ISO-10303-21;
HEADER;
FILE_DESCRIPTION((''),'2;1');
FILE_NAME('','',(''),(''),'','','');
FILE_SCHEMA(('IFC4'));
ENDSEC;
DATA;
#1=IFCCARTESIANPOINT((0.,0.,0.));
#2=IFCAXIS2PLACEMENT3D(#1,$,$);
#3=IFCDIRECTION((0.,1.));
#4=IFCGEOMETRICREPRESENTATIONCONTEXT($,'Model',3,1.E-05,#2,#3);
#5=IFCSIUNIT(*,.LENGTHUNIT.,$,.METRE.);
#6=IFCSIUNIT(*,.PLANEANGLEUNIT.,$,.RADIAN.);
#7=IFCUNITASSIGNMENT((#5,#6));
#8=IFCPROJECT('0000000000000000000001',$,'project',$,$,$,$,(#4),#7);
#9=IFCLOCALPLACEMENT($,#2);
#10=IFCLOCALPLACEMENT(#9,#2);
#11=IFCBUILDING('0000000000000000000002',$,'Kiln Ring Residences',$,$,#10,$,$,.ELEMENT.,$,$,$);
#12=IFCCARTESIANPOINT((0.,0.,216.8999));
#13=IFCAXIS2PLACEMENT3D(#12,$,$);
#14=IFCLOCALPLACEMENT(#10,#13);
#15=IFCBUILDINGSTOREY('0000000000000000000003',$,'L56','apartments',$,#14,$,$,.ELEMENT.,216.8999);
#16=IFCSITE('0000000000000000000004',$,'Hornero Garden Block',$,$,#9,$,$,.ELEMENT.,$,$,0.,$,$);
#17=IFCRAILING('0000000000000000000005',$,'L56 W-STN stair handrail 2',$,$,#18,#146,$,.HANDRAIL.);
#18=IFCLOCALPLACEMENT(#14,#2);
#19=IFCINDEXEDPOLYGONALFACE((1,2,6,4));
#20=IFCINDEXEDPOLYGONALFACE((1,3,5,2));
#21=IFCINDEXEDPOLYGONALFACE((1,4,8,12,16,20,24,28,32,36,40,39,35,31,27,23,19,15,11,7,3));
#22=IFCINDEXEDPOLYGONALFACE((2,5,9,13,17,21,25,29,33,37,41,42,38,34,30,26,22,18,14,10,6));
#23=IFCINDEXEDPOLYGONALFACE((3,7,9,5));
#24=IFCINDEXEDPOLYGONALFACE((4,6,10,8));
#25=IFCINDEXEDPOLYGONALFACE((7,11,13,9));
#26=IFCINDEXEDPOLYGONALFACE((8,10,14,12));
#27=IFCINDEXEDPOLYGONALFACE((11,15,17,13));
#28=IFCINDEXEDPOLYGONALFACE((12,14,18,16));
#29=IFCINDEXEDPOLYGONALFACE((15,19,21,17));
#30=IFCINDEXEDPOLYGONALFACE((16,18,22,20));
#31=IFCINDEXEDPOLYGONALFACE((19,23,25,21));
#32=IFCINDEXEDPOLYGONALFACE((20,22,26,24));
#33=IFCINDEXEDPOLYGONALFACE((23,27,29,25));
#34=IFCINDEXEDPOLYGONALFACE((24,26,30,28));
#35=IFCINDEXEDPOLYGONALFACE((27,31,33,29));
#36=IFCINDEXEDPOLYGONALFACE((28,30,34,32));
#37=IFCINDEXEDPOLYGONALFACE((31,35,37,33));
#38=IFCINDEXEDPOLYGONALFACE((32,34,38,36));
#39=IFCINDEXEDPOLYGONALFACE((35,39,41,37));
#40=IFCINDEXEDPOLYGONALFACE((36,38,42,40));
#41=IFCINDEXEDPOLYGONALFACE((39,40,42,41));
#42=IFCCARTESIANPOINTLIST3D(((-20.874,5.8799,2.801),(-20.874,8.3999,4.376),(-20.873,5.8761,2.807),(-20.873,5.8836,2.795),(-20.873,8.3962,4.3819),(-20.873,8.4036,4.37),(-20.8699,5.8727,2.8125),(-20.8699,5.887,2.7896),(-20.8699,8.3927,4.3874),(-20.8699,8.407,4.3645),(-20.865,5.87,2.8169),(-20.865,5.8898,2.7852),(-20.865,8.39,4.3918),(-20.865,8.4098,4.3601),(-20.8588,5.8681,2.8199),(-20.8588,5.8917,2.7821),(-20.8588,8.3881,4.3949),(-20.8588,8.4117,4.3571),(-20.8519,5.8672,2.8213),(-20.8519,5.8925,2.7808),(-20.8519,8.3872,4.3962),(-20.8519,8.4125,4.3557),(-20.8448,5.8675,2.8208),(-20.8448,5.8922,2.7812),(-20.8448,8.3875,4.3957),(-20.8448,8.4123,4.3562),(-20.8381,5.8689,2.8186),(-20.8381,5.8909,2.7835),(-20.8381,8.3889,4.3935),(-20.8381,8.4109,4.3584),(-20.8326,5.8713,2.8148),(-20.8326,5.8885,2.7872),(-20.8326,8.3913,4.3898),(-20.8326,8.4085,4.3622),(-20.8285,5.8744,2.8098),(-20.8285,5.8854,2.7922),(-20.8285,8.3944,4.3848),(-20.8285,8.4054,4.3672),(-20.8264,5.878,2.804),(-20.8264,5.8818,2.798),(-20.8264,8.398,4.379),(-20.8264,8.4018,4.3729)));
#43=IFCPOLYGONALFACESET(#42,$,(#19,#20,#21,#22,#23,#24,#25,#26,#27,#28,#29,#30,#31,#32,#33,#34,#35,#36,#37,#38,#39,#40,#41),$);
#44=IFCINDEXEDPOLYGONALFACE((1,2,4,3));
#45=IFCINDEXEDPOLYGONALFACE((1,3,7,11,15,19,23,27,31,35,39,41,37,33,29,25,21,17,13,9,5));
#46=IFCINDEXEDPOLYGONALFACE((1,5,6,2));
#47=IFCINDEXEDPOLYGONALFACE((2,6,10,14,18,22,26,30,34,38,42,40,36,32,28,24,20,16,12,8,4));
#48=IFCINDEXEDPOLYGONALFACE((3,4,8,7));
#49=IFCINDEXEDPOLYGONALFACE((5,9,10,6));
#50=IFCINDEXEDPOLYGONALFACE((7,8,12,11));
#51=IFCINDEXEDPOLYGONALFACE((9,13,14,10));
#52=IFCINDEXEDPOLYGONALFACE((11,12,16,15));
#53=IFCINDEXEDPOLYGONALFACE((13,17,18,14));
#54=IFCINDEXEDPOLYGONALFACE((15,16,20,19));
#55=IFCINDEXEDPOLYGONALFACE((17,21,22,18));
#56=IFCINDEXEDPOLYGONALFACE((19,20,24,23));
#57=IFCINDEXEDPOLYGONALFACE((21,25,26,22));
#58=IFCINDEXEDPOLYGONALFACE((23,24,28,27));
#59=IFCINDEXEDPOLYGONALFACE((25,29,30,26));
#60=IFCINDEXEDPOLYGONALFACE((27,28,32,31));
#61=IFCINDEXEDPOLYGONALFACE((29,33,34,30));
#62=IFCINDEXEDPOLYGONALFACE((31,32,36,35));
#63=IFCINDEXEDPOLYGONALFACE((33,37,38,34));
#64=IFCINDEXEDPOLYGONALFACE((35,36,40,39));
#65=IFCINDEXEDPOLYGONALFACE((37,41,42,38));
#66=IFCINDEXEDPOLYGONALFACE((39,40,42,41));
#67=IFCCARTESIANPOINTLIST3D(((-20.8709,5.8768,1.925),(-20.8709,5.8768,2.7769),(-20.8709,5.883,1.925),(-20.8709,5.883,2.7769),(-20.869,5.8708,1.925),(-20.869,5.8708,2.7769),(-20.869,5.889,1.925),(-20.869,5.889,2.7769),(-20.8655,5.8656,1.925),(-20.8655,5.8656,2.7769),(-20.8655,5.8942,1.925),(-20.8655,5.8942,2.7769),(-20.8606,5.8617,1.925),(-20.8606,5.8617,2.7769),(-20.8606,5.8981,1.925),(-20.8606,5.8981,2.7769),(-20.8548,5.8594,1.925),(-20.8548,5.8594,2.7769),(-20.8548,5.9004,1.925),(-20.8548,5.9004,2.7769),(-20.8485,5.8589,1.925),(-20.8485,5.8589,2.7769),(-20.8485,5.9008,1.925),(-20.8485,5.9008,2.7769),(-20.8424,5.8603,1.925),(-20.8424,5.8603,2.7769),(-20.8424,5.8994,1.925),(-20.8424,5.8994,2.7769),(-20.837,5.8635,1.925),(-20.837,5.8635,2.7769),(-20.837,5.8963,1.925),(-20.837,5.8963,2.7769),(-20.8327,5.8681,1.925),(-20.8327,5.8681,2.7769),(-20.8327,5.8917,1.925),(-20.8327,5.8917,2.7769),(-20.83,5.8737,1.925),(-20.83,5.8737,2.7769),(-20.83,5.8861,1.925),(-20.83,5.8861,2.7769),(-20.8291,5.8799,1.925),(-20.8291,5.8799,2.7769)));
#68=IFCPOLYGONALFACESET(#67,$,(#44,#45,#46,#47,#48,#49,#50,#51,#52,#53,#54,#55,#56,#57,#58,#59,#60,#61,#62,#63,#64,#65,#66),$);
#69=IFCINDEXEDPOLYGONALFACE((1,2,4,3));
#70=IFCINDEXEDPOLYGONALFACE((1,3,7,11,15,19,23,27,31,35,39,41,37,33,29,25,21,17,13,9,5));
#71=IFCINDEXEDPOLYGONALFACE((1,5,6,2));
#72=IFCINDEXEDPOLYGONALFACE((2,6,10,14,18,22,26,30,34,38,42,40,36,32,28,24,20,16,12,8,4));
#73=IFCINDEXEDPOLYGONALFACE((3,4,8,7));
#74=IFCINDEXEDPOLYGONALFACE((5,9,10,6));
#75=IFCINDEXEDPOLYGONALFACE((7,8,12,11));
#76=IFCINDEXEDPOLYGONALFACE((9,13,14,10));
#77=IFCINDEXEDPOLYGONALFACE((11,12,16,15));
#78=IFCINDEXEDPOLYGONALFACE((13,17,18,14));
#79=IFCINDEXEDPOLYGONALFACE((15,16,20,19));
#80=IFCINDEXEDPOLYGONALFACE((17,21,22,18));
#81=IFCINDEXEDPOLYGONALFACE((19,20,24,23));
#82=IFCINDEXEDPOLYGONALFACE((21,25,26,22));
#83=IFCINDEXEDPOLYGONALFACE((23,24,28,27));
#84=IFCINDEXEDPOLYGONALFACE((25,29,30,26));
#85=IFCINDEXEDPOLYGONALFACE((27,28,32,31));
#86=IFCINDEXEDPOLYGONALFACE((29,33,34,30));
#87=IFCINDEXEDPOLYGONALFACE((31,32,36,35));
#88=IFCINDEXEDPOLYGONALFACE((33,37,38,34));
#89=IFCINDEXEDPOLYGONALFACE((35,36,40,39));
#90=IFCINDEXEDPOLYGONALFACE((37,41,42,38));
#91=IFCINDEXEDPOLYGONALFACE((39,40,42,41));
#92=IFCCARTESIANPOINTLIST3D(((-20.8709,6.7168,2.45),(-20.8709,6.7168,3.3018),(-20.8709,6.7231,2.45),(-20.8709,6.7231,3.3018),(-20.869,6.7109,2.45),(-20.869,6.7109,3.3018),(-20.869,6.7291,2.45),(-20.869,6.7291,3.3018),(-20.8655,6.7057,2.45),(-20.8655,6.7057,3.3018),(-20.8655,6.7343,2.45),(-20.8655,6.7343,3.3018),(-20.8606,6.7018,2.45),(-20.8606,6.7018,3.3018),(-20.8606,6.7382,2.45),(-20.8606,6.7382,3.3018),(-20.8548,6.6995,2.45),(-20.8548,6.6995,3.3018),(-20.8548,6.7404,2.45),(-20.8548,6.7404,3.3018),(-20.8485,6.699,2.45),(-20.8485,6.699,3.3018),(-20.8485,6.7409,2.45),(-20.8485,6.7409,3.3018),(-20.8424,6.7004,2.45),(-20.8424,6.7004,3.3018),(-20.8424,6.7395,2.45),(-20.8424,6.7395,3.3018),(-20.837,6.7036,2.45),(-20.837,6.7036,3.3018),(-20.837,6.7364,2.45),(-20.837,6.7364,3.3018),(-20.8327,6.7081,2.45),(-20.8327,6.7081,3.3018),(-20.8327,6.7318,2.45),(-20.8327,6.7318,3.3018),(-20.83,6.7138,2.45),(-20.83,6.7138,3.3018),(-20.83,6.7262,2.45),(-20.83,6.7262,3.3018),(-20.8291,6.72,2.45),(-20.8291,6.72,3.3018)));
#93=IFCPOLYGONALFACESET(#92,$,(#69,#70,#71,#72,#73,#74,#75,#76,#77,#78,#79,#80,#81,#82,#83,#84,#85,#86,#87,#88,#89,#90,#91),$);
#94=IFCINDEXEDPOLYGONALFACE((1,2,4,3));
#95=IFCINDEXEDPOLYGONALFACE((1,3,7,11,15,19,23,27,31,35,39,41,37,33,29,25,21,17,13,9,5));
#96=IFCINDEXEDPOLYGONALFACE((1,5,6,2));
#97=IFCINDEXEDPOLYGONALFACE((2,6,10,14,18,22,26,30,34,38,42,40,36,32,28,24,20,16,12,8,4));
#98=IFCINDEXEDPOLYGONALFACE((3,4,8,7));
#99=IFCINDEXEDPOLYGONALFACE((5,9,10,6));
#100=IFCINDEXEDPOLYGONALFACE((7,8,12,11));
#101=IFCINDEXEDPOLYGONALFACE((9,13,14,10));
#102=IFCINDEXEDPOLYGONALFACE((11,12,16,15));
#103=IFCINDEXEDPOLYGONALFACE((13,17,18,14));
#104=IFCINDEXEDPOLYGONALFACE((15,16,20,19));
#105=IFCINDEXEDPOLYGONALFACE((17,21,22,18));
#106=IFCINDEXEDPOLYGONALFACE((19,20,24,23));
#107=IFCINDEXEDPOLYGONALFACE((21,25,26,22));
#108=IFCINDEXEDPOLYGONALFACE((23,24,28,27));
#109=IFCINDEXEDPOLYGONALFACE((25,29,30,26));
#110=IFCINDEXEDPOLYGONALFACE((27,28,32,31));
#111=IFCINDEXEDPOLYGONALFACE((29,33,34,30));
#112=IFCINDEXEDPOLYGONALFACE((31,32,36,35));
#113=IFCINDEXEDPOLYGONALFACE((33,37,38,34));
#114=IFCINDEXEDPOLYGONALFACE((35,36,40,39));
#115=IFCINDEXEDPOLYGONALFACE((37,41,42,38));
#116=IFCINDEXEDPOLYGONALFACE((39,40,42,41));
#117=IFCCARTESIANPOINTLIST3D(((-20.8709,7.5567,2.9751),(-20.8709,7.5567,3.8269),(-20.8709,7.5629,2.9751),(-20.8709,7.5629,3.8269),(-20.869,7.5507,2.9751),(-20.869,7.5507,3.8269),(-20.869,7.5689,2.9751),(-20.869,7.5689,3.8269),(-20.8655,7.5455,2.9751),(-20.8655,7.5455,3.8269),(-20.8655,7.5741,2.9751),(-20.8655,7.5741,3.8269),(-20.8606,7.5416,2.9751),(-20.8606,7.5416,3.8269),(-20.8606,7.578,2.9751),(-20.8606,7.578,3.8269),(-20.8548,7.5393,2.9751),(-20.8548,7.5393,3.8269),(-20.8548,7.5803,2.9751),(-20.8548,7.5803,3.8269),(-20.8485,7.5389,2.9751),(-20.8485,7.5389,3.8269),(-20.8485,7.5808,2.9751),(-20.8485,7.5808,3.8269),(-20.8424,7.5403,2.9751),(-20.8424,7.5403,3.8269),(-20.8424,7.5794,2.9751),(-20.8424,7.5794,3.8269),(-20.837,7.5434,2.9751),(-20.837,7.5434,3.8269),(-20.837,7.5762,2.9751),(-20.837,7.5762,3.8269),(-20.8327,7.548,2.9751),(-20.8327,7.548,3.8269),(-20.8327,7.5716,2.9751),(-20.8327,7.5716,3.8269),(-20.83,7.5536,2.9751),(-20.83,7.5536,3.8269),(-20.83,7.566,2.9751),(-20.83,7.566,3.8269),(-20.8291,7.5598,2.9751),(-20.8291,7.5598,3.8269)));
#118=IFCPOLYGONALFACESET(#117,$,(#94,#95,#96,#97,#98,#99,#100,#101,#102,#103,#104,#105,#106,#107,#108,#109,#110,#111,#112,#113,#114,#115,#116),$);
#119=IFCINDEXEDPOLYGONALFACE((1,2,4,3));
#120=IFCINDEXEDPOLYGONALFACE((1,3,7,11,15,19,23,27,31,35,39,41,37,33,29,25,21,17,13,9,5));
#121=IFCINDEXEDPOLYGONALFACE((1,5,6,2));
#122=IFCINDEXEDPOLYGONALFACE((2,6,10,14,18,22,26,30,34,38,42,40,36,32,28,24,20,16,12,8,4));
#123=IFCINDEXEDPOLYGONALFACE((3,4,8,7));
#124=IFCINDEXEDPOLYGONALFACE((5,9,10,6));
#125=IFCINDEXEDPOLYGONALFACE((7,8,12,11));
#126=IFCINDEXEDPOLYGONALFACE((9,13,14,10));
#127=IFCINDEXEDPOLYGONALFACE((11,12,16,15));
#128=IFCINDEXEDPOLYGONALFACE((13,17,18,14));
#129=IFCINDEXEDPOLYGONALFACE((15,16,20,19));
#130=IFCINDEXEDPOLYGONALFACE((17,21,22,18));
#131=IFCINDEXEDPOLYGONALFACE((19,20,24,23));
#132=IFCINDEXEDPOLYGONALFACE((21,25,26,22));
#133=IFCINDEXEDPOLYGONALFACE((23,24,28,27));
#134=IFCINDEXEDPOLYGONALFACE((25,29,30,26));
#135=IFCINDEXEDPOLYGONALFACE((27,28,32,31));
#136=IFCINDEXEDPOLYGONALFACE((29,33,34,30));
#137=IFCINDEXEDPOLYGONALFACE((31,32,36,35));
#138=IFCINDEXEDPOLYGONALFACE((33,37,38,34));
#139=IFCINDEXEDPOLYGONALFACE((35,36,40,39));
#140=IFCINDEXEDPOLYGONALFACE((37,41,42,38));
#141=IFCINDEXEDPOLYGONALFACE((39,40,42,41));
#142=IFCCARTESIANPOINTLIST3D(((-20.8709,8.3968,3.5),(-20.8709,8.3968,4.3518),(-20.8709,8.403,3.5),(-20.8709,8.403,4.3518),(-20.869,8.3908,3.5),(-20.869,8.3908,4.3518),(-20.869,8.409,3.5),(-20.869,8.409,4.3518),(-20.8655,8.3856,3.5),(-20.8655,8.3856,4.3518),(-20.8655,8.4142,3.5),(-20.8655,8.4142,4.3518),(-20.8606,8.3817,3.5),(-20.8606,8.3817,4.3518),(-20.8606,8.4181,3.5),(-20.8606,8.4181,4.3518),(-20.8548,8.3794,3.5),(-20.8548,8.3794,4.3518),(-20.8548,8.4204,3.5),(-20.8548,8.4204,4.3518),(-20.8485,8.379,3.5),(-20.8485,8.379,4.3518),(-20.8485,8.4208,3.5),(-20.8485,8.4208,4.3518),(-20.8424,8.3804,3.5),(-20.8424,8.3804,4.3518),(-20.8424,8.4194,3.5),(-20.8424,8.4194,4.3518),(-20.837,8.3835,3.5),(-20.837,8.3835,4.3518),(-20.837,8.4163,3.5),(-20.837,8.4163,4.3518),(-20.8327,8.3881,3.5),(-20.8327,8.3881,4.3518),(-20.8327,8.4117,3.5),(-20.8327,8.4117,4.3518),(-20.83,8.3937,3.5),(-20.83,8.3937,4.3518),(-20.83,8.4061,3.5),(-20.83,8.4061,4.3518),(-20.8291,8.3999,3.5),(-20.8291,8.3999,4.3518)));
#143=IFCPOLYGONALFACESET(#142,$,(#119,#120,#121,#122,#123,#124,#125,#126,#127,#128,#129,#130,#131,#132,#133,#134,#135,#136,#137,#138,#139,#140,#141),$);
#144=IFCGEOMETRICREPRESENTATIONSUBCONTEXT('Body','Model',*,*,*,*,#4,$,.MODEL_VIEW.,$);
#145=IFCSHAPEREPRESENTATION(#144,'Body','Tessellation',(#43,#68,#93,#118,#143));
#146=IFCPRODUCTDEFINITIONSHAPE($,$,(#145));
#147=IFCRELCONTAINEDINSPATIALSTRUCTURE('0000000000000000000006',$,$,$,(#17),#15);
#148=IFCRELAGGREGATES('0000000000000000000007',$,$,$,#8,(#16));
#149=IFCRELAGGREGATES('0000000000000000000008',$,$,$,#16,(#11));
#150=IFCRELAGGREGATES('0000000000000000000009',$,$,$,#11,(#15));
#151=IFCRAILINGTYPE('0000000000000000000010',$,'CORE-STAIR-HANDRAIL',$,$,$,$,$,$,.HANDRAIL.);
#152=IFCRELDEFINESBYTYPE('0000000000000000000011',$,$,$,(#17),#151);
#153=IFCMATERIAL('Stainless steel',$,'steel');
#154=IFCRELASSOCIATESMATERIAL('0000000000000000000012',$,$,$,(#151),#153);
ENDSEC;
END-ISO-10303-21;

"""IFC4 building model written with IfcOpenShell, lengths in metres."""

from ifc_helpers import new_model, si_unit, direction, frame, origin, origin_2d, place, context, subcontext, project, spatial, circle, extrude, material, type_object, element, save


model = new_model("IFC4")

# Units and contexts
model_context = context("Model", 3, precision=1e-05, world=origin(), true_north=direction((0.0, 1.0)))
body_context = subcontext(model_context, "Body", "Model", "MODEL_VIEW")
ifc_project = project(units=[si_unit("LENGTHUNIT", "METRE"), si_unit("PLANEANGLEUNIT", "RADIAN")], contexts=[model_context])

# Site, building, storey
site_placement = place(None, origin())
site = spatial("IfcSite", under=ifc_project, at=site_placement, Name="Hornero Garden Block", CompositionType="ELEMENT", RefElevation=0.0)
building_placement = place(site_placement, origin())
building = spatial("IfcBuilding", under=site, at=building_placement, Name="Kiln Ring Residences", CompositionType="ELEMENT")
storey_placement = place(building_placement, frame((0.0, 0.0, 216.8999)))
storey = spatial("IfcBuildingStorey", under=building, at=storey_placement, Name="L56", Description="apartments", CompositionType="ELEMENT", Elevation=216.8999)

# Railing
ifc_material_1 = material(Name="Stainless steel", Category="steel")
railing_type_1 = type_object("IfcRailingType", Name="CORE-STAIR-HANDRAIL", PredefinedType="HANDRAIL", material=ifc_material_1)
railing_1_placement = place(storey_placement, frame((-20.8501, 5.8799, 1.925)))
element("IfcRailing", 1, at=railing_1_placement, inside=storey, type_object=railing_type_1, Name="L56 W-STN stair handrail 2", PredefinedType="HANDRAIL", context=body_context, shape_type="SweptSolid", body=[
    extrude(circle(Radius=0.0239, at=origin_2d()), frame((0.0, 0.0, 0.876), z_axis=(0.0, 0.848008, 0.529984), x_axis=(-1.0, 0.0, 0.0)), (0.0, 0.0, 1.0), 2.9717),
    extrude(circle(Radius=0.021, at=origin_2d()), origin(), (0.0, 0.0, 1.0), 0.8518),
    extrude(circle(Radius=0.021, at=origin_2d()), frame((0.0, 0.8401, 0.5249)), (0.0, 0.0, 1.0), 0.8518),
    extrude(circle(Radius=0.021, at=origin_2d()), frame((0.0, 1.6799, 1.05)), (0.0, 0.0, 1.0), 0.8518),
    extrude(circle(Radius=0.021, at=origin_2d()), frame((0.0, 2.52, 1.575)), (0.0, 0.0, 1.0), 0.8518),
])

save(model, "model.ifc")
